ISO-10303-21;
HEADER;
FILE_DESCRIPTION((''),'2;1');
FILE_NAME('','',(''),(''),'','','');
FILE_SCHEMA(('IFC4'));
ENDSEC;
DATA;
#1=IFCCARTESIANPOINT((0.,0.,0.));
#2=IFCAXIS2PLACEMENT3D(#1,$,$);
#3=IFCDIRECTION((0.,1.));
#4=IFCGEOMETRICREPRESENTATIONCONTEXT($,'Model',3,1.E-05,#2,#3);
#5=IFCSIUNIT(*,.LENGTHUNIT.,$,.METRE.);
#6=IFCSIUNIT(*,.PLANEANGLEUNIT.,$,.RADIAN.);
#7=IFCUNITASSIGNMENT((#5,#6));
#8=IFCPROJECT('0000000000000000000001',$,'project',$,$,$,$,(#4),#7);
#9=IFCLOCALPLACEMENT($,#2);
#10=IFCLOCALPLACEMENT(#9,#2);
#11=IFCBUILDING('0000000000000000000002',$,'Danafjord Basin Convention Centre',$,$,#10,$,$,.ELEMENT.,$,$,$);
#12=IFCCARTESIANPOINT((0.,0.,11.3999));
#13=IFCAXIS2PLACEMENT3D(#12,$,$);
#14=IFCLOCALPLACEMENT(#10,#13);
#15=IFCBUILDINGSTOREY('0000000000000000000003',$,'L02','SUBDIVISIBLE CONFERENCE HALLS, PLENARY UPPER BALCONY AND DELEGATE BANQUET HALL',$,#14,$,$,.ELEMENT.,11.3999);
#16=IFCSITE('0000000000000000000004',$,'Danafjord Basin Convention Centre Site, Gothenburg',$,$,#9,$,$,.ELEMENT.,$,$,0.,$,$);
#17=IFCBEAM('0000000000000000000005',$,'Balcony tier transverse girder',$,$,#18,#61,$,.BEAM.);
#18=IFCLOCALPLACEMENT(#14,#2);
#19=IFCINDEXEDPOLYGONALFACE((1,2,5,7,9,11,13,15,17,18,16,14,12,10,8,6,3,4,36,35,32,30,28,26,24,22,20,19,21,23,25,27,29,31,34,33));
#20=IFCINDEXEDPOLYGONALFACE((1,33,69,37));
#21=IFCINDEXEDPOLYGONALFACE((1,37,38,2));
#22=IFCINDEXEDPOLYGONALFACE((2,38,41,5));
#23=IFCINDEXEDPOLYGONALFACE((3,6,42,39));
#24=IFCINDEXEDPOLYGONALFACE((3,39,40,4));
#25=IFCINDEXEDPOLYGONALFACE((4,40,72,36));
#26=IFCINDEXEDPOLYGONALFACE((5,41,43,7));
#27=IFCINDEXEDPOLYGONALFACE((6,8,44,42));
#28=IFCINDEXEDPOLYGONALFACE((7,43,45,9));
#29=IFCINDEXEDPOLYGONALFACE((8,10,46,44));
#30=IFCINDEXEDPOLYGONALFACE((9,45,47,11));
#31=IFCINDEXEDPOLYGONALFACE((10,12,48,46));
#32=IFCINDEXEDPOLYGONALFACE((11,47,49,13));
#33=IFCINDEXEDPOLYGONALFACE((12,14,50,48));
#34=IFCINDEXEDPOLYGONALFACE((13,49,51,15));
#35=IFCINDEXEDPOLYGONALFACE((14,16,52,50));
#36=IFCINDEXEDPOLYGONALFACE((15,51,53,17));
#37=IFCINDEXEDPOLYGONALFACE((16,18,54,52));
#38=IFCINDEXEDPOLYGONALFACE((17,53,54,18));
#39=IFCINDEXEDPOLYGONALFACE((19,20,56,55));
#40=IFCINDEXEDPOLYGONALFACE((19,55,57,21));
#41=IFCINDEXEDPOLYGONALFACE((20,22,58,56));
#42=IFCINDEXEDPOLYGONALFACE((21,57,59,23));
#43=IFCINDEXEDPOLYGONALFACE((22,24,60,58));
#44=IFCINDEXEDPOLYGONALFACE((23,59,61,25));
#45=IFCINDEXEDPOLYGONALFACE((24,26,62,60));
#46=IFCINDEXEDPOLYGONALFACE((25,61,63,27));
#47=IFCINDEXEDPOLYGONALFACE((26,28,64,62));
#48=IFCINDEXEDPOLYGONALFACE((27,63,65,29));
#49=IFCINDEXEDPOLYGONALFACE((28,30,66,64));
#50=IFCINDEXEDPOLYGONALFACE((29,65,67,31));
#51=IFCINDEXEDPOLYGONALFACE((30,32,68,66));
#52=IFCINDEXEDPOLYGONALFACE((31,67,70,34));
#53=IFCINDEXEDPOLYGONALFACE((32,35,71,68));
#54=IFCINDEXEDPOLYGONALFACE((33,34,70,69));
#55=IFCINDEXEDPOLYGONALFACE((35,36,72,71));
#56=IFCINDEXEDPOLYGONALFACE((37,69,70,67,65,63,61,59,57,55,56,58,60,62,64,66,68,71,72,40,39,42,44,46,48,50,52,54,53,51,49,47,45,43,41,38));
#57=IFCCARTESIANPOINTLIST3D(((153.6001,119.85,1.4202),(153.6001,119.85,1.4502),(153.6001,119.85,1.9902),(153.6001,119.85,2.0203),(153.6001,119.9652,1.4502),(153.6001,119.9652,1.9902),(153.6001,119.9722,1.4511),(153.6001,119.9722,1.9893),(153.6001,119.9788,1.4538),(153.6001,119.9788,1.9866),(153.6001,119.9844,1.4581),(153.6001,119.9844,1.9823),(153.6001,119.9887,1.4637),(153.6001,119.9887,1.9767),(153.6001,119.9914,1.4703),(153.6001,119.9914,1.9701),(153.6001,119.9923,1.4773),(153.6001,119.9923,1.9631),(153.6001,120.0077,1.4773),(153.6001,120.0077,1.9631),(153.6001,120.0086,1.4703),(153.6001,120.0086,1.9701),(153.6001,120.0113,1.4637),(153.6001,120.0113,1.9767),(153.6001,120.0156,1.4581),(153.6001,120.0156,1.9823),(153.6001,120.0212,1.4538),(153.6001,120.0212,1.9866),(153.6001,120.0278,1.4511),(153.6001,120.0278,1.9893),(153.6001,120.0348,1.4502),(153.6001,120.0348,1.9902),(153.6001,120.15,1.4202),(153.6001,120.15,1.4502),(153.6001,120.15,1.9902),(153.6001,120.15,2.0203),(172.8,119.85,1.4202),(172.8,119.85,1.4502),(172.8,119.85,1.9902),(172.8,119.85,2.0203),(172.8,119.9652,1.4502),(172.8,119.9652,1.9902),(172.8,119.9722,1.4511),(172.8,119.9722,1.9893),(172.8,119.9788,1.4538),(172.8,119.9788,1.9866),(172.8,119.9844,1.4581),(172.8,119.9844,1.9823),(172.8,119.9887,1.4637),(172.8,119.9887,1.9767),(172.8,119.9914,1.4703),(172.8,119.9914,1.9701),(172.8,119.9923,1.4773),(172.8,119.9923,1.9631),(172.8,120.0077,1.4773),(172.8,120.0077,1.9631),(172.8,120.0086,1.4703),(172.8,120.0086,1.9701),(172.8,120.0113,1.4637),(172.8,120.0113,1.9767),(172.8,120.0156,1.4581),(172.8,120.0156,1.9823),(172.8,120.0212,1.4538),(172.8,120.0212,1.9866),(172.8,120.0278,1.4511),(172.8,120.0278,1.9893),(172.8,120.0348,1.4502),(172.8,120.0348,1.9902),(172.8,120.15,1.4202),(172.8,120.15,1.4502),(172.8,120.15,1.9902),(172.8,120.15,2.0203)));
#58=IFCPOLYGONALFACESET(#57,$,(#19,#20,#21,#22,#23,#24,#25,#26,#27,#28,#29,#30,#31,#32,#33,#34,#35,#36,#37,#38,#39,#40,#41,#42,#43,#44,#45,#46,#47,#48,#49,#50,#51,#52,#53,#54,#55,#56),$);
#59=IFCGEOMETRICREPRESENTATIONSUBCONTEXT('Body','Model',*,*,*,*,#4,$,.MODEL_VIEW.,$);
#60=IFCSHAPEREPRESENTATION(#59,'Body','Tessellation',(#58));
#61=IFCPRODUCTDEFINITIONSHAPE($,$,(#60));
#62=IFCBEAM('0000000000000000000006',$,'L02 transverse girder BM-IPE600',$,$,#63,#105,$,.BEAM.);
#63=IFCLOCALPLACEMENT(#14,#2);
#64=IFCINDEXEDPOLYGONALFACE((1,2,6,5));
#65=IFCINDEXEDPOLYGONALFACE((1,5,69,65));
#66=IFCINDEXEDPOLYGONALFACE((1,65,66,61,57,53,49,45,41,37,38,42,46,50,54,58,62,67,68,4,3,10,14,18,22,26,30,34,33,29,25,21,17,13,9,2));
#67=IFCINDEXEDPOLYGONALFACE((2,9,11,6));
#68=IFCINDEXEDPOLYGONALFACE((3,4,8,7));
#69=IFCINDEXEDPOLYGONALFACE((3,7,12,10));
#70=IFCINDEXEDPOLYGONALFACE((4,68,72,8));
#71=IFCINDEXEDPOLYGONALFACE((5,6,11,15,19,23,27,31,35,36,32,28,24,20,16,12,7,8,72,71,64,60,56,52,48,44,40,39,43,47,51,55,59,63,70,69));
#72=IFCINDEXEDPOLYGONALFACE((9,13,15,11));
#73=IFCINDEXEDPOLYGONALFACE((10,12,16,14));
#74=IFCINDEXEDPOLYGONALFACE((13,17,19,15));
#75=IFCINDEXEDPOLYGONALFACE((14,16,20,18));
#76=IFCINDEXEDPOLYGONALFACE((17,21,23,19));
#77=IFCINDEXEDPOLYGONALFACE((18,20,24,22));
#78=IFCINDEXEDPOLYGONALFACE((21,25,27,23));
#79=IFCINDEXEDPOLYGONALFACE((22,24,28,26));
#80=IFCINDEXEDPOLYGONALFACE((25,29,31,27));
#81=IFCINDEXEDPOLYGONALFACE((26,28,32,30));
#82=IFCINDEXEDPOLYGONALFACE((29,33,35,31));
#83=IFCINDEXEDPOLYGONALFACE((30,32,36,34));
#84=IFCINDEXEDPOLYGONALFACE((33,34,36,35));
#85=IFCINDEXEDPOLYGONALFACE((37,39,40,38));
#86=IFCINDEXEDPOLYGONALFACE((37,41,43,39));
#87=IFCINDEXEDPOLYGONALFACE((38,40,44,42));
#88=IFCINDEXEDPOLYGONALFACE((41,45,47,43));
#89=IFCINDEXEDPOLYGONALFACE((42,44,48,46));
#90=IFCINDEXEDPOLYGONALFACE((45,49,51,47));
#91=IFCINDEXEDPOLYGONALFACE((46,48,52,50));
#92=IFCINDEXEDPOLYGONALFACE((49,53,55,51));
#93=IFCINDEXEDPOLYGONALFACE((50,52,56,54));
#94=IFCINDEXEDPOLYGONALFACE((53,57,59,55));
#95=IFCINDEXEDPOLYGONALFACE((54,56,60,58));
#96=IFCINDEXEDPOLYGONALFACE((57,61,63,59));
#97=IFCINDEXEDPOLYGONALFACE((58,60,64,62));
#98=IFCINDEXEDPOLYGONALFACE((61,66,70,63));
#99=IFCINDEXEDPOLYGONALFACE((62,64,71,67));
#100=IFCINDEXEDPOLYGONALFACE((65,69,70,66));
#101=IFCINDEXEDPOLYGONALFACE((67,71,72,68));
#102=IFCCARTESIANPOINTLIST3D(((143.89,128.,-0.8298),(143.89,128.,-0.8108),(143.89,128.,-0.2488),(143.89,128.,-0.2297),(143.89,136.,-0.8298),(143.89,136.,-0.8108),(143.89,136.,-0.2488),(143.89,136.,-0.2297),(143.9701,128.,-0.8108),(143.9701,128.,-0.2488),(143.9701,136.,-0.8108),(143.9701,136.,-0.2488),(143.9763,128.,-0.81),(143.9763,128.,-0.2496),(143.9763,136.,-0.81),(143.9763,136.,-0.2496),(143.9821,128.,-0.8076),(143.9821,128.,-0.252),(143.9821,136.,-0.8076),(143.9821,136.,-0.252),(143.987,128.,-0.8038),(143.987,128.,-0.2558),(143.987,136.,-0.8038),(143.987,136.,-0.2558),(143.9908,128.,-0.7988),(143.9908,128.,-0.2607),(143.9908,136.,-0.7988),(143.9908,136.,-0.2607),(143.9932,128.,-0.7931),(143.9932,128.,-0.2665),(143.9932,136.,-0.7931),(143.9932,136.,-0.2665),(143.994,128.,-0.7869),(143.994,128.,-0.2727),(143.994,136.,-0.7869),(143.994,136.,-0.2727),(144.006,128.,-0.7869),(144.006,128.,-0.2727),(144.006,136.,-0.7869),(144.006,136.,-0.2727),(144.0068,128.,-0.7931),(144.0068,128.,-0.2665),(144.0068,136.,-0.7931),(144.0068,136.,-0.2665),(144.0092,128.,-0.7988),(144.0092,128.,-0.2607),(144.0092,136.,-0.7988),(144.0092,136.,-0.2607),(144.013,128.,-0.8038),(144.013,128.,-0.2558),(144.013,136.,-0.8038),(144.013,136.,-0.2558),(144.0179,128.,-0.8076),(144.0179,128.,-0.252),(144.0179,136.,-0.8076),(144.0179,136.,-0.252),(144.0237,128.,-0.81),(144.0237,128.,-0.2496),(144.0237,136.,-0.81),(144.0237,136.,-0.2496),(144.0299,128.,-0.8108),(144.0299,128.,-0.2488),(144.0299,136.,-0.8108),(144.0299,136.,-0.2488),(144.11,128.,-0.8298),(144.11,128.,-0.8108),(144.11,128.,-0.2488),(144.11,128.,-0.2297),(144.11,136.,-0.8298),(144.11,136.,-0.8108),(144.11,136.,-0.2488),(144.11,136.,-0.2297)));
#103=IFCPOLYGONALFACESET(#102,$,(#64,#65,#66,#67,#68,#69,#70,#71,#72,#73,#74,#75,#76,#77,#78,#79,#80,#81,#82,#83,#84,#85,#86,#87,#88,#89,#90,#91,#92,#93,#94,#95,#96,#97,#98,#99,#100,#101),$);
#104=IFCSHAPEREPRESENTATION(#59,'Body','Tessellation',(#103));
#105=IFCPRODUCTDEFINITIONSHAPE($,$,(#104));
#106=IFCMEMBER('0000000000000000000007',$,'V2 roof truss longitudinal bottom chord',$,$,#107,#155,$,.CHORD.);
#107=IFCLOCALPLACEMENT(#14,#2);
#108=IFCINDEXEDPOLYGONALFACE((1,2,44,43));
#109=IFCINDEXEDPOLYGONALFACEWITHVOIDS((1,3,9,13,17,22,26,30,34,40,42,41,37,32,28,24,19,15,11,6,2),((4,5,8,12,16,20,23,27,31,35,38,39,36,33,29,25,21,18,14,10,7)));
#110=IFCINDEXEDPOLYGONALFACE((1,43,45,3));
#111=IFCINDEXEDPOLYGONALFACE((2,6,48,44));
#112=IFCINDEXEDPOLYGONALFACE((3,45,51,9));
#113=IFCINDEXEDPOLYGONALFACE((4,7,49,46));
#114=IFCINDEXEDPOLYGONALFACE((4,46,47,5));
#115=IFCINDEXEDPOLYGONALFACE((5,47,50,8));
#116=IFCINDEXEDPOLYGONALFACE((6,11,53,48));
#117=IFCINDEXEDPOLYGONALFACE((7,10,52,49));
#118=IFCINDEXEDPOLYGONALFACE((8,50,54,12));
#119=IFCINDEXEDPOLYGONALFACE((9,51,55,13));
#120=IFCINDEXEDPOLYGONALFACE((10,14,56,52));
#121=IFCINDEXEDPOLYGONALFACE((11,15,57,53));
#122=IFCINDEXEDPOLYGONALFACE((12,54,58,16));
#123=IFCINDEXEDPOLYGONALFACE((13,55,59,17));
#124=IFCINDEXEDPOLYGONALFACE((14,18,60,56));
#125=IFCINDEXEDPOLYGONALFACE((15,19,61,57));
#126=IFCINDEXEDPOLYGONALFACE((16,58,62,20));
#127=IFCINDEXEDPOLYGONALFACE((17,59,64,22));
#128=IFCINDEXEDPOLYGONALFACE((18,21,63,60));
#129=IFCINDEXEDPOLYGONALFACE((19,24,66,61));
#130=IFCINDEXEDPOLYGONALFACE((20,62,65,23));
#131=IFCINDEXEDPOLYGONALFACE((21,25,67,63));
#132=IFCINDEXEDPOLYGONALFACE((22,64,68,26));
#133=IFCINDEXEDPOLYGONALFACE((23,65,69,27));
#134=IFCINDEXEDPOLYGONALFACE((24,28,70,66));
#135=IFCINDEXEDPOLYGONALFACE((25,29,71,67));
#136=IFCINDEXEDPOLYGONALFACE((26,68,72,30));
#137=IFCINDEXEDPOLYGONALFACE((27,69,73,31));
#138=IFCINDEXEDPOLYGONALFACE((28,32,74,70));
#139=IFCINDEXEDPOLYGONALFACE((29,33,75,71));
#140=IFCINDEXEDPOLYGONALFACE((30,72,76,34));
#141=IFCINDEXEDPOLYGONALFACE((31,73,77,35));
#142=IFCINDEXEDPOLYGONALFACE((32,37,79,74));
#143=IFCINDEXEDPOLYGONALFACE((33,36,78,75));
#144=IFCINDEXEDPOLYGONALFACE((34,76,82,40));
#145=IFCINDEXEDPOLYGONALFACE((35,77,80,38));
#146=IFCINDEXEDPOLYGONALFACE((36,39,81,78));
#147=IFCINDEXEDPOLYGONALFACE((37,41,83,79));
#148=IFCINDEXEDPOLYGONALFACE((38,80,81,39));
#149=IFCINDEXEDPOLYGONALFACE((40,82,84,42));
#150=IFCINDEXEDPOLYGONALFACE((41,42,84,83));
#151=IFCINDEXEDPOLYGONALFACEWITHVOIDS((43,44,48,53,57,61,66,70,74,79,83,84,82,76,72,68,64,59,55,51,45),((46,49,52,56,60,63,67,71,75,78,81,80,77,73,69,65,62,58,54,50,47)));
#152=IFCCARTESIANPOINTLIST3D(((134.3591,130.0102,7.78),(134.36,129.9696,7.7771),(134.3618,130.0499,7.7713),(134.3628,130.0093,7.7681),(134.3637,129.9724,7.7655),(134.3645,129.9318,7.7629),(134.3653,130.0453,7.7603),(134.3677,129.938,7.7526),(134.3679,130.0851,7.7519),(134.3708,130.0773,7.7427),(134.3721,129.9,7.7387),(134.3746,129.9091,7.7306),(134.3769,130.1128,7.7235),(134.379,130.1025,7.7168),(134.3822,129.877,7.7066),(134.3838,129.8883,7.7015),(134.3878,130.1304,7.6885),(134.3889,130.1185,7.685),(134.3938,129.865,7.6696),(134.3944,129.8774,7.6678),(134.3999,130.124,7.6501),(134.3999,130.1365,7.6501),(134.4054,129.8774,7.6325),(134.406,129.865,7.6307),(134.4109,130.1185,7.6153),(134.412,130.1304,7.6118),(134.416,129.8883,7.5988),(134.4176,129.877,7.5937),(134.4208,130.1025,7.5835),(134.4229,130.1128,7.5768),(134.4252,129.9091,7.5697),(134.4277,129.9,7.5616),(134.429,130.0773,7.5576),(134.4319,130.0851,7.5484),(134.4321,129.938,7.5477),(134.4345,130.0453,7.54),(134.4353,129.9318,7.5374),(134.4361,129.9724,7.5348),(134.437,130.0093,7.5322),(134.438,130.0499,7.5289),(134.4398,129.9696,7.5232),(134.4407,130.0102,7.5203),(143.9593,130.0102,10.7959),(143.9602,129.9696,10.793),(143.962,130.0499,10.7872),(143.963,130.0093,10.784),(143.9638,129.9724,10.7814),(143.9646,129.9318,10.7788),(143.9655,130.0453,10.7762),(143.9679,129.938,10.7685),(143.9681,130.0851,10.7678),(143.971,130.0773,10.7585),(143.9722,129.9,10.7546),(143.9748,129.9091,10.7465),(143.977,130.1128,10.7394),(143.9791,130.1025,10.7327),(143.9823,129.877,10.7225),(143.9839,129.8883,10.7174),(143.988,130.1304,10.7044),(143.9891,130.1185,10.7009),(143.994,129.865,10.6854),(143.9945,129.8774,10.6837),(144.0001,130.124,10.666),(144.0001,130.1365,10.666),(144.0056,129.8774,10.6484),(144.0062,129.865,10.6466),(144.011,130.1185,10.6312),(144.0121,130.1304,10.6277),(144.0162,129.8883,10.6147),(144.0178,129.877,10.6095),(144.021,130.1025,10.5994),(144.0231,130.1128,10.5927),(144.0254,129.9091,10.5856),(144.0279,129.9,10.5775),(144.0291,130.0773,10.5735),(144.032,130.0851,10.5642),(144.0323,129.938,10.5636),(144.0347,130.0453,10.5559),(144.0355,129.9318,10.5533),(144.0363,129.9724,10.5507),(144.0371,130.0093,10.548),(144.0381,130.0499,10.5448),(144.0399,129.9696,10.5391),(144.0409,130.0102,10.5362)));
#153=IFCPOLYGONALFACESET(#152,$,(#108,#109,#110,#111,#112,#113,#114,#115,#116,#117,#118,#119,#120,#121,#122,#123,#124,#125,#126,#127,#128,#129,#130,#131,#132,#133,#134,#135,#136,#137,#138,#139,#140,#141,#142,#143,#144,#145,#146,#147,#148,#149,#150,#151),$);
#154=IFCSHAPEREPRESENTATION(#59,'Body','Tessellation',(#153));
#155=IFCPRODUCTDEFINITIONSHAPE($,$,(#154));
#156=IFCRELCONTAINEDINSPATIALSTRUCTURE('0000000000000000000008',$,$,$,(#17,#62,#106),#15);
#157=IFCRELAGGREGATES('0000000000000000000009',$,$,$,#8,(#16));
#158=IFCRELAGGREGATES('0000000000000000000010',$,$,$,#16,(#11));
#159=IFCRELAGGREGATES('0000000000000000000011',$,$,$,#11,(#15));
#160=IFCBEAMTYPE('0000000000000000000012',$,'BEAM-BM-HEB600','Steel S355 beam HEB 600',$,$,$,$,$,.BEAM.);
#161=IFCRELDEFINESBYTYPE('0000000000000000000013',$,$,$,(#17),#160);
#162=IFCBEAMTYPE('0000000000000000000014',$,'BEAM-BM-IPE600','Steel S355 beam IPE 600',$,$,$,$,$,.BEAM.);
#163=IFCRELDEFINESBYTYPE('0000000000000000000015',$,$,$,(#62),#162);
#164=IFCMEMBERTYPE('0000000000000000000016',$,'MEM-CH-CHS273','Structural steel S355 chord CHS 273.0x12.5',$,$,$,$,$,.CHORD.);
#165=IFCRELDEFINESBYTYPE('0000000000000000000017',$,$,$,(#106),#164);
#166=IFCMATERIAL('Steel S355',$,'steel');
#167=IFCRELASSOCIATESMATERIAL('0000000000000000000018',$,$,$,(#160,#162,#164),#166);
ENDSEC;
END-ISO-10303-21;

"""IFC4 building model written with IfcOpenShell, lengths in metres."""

from ifc_helpers import new_model, si_unit, direction, frame, origin, origin_2d, place, context, subcontext, project, spatial, hollow_circle, i_section, extrude, material, material_profile, profile_set, type_object, element, save


model = new_model("IFC4")

# Units and contexts
model_context = context("Model", 3, precision=1e-05, world=origin(), true_north=direction((0.0, 1.0)))
body_context = subcontext(model_context, "Body", "Model", "MODEL_VIEW")
ifc_project = project(units=[si_unit("LENGTHUNIT", "METRE"), si_unit("PLANEANGLEUNIT", "RADIAN")], contexts=[model_context])

# Site, building, storey
site_placement = place(None, origin())
site = spatial("IfcSite", under=ifc_project, at=site_placement, Name="Danafjord Basin Convention Centre Site, Gothenburg", CompositionType="ELEMENT", RefElevation=0.0)
building_placement = place(site_placement, origin())
building = spatial("IfcBuilding", under=site, at=building_placement, Name="Danafjord Basin Convention Centre", CompositionType="ELEMENT")
storey_placement = place(building_placement, frame((0.0, 0.0, 11.3999)))
storey = spatial("IfcBuildingStorey", under=building, at=storey_placement, Name="L02", Description="SUBDIVISIBLE CONFERENCE HALLS, PLENARY UPPER BALCONY AND DELEGATE BANQUET HALL", CompositionType="ELEMENT", Elevation=11.3999)

# Shared definitions
ifc_material_1 = material(Name="Steel S355", Category="steel")

# Beams
ifc_material_profile_1 = material_profile(ifc_material_1, i_section(OverallWidth=0.3, OverallDepth=0.6001, WebThickness=0.0154, FlangeThickness=0.03, FilletRadius=0.0271, at=origin_2d()), Name="HEB 600")
ifc_profile_set_1 = profile_set([ifc_material_profile_1], Name="Steel S355")
beam_type_1 = type_object("IfcBeamType", Name="BEAM-BM-HEB600", Description="Steel S355 beam HEB 600", PredefinedType="BEAM", material=ifc_profile_set_1)
for number, where, z_axis, x_axis, name in (
    (1, (153.6001, 120.0, 1.7202), (1.0, 0.0, 0.0), (0.0, 1.0, 0.0), "Balcony tier transverse girder"),
):
    element("IfcBeam", number, at=place(storey_placement, frame(where, z_axis=z_axis, x_axis=x_axis)), inside=storey, type_object=beam_type_1, Name=name, PredefinedType="BEAM", context=body_context, shape_type="SweptSolid", body=[
        extrude(i_section(OverallWidth=0.3, OverallDepth=0.6001, WebThickness=0.0154, FlangeThickness=0.03, FilletRadius=0.0271, at=origin_2d()), origin(), (0.0, 0.0, 1.0), 19.2),
    ])
ifc_material_profile_2 = material_profile(ifc_material_1, i_section(OverallWidth=0.22, OverallDepth=0.6001, WebThickness=0.012, FlangeThickness=0.019, FilletRadius=0.0239, at=origin_2d()), Name="IPE 600")
ifc_profile_set_2 = profile_set([ifc_material_profile_2], Name="Steel S355")
beam_type_2 = type_object("IfcBeamType", Name="BEAM-BM-IPE600", Description="Steel S355 beam IPE 600", PredefinedType="BEAM", material=ifc_profile_set_2)
beam_1_placement = place(storey_placement, frame((144.0, 128.0, -0.5298), z_axis=(0.0, 1.0, 0.0), x_axis=(-1.0, 0.0, 0.0)))
element("IfcBeam", 2, at=beam_1_placement, inside=storey, type_object=beam_type_2, Name="L02 transverse girder BM-IPE600", PredefinedType="BEAM", context=body_context, shape_type="SweptSolid", body=[
    extrude(i_section(OverallWidth=0.22, OverallDepth=0.6001, WebThickness=0.012, FlangeThickness=0.019, FilletRadius=0.0239, at=origin_2d()), origin(), (0.0, 0.0, 1.0), 8.0),
])

# Member
ifc_material_profile_3 = material_profile(ifc_material_1, hollow_circle(Radius=0.1365, WallThickness=0.0125, at=origin_2d()), Name="CHS 273.0x12.5")
ifc_profile_set_3 = profile_set([ifc_material_profile_3], Name="Steel S355")
member_type_1 = type_object("IfcMemberType", Name="MEM-CH-CHS273", Description="Structural steel S355 chord CHS 273.0x12.5", PredefinedType="CHORD", material=ifc_profile_set_3)
member_1_placement = place(storey_placement, frame((134.3999, 130.0, 7.6501), z_axis=(0.954031, 0.0, 0.299709), x_axis=(0.0, 1.0, 0.0)))
element("IfcMember", 3, at=member_1_placement, inside=storey, type_object=member_type_1, Name="V2 roof truss longitudinal bottom chord", PredefinedType="CHORD", context=body_context, shape_type="SweptSolid", body=[
    extrude(hollow_circle(Radius=0.1365, WallThickness=0.0125, at=origin_2d()), origin(), (0.0, 0.0, 1.0), 10.0627),
])

save(model, "model.ifc")
